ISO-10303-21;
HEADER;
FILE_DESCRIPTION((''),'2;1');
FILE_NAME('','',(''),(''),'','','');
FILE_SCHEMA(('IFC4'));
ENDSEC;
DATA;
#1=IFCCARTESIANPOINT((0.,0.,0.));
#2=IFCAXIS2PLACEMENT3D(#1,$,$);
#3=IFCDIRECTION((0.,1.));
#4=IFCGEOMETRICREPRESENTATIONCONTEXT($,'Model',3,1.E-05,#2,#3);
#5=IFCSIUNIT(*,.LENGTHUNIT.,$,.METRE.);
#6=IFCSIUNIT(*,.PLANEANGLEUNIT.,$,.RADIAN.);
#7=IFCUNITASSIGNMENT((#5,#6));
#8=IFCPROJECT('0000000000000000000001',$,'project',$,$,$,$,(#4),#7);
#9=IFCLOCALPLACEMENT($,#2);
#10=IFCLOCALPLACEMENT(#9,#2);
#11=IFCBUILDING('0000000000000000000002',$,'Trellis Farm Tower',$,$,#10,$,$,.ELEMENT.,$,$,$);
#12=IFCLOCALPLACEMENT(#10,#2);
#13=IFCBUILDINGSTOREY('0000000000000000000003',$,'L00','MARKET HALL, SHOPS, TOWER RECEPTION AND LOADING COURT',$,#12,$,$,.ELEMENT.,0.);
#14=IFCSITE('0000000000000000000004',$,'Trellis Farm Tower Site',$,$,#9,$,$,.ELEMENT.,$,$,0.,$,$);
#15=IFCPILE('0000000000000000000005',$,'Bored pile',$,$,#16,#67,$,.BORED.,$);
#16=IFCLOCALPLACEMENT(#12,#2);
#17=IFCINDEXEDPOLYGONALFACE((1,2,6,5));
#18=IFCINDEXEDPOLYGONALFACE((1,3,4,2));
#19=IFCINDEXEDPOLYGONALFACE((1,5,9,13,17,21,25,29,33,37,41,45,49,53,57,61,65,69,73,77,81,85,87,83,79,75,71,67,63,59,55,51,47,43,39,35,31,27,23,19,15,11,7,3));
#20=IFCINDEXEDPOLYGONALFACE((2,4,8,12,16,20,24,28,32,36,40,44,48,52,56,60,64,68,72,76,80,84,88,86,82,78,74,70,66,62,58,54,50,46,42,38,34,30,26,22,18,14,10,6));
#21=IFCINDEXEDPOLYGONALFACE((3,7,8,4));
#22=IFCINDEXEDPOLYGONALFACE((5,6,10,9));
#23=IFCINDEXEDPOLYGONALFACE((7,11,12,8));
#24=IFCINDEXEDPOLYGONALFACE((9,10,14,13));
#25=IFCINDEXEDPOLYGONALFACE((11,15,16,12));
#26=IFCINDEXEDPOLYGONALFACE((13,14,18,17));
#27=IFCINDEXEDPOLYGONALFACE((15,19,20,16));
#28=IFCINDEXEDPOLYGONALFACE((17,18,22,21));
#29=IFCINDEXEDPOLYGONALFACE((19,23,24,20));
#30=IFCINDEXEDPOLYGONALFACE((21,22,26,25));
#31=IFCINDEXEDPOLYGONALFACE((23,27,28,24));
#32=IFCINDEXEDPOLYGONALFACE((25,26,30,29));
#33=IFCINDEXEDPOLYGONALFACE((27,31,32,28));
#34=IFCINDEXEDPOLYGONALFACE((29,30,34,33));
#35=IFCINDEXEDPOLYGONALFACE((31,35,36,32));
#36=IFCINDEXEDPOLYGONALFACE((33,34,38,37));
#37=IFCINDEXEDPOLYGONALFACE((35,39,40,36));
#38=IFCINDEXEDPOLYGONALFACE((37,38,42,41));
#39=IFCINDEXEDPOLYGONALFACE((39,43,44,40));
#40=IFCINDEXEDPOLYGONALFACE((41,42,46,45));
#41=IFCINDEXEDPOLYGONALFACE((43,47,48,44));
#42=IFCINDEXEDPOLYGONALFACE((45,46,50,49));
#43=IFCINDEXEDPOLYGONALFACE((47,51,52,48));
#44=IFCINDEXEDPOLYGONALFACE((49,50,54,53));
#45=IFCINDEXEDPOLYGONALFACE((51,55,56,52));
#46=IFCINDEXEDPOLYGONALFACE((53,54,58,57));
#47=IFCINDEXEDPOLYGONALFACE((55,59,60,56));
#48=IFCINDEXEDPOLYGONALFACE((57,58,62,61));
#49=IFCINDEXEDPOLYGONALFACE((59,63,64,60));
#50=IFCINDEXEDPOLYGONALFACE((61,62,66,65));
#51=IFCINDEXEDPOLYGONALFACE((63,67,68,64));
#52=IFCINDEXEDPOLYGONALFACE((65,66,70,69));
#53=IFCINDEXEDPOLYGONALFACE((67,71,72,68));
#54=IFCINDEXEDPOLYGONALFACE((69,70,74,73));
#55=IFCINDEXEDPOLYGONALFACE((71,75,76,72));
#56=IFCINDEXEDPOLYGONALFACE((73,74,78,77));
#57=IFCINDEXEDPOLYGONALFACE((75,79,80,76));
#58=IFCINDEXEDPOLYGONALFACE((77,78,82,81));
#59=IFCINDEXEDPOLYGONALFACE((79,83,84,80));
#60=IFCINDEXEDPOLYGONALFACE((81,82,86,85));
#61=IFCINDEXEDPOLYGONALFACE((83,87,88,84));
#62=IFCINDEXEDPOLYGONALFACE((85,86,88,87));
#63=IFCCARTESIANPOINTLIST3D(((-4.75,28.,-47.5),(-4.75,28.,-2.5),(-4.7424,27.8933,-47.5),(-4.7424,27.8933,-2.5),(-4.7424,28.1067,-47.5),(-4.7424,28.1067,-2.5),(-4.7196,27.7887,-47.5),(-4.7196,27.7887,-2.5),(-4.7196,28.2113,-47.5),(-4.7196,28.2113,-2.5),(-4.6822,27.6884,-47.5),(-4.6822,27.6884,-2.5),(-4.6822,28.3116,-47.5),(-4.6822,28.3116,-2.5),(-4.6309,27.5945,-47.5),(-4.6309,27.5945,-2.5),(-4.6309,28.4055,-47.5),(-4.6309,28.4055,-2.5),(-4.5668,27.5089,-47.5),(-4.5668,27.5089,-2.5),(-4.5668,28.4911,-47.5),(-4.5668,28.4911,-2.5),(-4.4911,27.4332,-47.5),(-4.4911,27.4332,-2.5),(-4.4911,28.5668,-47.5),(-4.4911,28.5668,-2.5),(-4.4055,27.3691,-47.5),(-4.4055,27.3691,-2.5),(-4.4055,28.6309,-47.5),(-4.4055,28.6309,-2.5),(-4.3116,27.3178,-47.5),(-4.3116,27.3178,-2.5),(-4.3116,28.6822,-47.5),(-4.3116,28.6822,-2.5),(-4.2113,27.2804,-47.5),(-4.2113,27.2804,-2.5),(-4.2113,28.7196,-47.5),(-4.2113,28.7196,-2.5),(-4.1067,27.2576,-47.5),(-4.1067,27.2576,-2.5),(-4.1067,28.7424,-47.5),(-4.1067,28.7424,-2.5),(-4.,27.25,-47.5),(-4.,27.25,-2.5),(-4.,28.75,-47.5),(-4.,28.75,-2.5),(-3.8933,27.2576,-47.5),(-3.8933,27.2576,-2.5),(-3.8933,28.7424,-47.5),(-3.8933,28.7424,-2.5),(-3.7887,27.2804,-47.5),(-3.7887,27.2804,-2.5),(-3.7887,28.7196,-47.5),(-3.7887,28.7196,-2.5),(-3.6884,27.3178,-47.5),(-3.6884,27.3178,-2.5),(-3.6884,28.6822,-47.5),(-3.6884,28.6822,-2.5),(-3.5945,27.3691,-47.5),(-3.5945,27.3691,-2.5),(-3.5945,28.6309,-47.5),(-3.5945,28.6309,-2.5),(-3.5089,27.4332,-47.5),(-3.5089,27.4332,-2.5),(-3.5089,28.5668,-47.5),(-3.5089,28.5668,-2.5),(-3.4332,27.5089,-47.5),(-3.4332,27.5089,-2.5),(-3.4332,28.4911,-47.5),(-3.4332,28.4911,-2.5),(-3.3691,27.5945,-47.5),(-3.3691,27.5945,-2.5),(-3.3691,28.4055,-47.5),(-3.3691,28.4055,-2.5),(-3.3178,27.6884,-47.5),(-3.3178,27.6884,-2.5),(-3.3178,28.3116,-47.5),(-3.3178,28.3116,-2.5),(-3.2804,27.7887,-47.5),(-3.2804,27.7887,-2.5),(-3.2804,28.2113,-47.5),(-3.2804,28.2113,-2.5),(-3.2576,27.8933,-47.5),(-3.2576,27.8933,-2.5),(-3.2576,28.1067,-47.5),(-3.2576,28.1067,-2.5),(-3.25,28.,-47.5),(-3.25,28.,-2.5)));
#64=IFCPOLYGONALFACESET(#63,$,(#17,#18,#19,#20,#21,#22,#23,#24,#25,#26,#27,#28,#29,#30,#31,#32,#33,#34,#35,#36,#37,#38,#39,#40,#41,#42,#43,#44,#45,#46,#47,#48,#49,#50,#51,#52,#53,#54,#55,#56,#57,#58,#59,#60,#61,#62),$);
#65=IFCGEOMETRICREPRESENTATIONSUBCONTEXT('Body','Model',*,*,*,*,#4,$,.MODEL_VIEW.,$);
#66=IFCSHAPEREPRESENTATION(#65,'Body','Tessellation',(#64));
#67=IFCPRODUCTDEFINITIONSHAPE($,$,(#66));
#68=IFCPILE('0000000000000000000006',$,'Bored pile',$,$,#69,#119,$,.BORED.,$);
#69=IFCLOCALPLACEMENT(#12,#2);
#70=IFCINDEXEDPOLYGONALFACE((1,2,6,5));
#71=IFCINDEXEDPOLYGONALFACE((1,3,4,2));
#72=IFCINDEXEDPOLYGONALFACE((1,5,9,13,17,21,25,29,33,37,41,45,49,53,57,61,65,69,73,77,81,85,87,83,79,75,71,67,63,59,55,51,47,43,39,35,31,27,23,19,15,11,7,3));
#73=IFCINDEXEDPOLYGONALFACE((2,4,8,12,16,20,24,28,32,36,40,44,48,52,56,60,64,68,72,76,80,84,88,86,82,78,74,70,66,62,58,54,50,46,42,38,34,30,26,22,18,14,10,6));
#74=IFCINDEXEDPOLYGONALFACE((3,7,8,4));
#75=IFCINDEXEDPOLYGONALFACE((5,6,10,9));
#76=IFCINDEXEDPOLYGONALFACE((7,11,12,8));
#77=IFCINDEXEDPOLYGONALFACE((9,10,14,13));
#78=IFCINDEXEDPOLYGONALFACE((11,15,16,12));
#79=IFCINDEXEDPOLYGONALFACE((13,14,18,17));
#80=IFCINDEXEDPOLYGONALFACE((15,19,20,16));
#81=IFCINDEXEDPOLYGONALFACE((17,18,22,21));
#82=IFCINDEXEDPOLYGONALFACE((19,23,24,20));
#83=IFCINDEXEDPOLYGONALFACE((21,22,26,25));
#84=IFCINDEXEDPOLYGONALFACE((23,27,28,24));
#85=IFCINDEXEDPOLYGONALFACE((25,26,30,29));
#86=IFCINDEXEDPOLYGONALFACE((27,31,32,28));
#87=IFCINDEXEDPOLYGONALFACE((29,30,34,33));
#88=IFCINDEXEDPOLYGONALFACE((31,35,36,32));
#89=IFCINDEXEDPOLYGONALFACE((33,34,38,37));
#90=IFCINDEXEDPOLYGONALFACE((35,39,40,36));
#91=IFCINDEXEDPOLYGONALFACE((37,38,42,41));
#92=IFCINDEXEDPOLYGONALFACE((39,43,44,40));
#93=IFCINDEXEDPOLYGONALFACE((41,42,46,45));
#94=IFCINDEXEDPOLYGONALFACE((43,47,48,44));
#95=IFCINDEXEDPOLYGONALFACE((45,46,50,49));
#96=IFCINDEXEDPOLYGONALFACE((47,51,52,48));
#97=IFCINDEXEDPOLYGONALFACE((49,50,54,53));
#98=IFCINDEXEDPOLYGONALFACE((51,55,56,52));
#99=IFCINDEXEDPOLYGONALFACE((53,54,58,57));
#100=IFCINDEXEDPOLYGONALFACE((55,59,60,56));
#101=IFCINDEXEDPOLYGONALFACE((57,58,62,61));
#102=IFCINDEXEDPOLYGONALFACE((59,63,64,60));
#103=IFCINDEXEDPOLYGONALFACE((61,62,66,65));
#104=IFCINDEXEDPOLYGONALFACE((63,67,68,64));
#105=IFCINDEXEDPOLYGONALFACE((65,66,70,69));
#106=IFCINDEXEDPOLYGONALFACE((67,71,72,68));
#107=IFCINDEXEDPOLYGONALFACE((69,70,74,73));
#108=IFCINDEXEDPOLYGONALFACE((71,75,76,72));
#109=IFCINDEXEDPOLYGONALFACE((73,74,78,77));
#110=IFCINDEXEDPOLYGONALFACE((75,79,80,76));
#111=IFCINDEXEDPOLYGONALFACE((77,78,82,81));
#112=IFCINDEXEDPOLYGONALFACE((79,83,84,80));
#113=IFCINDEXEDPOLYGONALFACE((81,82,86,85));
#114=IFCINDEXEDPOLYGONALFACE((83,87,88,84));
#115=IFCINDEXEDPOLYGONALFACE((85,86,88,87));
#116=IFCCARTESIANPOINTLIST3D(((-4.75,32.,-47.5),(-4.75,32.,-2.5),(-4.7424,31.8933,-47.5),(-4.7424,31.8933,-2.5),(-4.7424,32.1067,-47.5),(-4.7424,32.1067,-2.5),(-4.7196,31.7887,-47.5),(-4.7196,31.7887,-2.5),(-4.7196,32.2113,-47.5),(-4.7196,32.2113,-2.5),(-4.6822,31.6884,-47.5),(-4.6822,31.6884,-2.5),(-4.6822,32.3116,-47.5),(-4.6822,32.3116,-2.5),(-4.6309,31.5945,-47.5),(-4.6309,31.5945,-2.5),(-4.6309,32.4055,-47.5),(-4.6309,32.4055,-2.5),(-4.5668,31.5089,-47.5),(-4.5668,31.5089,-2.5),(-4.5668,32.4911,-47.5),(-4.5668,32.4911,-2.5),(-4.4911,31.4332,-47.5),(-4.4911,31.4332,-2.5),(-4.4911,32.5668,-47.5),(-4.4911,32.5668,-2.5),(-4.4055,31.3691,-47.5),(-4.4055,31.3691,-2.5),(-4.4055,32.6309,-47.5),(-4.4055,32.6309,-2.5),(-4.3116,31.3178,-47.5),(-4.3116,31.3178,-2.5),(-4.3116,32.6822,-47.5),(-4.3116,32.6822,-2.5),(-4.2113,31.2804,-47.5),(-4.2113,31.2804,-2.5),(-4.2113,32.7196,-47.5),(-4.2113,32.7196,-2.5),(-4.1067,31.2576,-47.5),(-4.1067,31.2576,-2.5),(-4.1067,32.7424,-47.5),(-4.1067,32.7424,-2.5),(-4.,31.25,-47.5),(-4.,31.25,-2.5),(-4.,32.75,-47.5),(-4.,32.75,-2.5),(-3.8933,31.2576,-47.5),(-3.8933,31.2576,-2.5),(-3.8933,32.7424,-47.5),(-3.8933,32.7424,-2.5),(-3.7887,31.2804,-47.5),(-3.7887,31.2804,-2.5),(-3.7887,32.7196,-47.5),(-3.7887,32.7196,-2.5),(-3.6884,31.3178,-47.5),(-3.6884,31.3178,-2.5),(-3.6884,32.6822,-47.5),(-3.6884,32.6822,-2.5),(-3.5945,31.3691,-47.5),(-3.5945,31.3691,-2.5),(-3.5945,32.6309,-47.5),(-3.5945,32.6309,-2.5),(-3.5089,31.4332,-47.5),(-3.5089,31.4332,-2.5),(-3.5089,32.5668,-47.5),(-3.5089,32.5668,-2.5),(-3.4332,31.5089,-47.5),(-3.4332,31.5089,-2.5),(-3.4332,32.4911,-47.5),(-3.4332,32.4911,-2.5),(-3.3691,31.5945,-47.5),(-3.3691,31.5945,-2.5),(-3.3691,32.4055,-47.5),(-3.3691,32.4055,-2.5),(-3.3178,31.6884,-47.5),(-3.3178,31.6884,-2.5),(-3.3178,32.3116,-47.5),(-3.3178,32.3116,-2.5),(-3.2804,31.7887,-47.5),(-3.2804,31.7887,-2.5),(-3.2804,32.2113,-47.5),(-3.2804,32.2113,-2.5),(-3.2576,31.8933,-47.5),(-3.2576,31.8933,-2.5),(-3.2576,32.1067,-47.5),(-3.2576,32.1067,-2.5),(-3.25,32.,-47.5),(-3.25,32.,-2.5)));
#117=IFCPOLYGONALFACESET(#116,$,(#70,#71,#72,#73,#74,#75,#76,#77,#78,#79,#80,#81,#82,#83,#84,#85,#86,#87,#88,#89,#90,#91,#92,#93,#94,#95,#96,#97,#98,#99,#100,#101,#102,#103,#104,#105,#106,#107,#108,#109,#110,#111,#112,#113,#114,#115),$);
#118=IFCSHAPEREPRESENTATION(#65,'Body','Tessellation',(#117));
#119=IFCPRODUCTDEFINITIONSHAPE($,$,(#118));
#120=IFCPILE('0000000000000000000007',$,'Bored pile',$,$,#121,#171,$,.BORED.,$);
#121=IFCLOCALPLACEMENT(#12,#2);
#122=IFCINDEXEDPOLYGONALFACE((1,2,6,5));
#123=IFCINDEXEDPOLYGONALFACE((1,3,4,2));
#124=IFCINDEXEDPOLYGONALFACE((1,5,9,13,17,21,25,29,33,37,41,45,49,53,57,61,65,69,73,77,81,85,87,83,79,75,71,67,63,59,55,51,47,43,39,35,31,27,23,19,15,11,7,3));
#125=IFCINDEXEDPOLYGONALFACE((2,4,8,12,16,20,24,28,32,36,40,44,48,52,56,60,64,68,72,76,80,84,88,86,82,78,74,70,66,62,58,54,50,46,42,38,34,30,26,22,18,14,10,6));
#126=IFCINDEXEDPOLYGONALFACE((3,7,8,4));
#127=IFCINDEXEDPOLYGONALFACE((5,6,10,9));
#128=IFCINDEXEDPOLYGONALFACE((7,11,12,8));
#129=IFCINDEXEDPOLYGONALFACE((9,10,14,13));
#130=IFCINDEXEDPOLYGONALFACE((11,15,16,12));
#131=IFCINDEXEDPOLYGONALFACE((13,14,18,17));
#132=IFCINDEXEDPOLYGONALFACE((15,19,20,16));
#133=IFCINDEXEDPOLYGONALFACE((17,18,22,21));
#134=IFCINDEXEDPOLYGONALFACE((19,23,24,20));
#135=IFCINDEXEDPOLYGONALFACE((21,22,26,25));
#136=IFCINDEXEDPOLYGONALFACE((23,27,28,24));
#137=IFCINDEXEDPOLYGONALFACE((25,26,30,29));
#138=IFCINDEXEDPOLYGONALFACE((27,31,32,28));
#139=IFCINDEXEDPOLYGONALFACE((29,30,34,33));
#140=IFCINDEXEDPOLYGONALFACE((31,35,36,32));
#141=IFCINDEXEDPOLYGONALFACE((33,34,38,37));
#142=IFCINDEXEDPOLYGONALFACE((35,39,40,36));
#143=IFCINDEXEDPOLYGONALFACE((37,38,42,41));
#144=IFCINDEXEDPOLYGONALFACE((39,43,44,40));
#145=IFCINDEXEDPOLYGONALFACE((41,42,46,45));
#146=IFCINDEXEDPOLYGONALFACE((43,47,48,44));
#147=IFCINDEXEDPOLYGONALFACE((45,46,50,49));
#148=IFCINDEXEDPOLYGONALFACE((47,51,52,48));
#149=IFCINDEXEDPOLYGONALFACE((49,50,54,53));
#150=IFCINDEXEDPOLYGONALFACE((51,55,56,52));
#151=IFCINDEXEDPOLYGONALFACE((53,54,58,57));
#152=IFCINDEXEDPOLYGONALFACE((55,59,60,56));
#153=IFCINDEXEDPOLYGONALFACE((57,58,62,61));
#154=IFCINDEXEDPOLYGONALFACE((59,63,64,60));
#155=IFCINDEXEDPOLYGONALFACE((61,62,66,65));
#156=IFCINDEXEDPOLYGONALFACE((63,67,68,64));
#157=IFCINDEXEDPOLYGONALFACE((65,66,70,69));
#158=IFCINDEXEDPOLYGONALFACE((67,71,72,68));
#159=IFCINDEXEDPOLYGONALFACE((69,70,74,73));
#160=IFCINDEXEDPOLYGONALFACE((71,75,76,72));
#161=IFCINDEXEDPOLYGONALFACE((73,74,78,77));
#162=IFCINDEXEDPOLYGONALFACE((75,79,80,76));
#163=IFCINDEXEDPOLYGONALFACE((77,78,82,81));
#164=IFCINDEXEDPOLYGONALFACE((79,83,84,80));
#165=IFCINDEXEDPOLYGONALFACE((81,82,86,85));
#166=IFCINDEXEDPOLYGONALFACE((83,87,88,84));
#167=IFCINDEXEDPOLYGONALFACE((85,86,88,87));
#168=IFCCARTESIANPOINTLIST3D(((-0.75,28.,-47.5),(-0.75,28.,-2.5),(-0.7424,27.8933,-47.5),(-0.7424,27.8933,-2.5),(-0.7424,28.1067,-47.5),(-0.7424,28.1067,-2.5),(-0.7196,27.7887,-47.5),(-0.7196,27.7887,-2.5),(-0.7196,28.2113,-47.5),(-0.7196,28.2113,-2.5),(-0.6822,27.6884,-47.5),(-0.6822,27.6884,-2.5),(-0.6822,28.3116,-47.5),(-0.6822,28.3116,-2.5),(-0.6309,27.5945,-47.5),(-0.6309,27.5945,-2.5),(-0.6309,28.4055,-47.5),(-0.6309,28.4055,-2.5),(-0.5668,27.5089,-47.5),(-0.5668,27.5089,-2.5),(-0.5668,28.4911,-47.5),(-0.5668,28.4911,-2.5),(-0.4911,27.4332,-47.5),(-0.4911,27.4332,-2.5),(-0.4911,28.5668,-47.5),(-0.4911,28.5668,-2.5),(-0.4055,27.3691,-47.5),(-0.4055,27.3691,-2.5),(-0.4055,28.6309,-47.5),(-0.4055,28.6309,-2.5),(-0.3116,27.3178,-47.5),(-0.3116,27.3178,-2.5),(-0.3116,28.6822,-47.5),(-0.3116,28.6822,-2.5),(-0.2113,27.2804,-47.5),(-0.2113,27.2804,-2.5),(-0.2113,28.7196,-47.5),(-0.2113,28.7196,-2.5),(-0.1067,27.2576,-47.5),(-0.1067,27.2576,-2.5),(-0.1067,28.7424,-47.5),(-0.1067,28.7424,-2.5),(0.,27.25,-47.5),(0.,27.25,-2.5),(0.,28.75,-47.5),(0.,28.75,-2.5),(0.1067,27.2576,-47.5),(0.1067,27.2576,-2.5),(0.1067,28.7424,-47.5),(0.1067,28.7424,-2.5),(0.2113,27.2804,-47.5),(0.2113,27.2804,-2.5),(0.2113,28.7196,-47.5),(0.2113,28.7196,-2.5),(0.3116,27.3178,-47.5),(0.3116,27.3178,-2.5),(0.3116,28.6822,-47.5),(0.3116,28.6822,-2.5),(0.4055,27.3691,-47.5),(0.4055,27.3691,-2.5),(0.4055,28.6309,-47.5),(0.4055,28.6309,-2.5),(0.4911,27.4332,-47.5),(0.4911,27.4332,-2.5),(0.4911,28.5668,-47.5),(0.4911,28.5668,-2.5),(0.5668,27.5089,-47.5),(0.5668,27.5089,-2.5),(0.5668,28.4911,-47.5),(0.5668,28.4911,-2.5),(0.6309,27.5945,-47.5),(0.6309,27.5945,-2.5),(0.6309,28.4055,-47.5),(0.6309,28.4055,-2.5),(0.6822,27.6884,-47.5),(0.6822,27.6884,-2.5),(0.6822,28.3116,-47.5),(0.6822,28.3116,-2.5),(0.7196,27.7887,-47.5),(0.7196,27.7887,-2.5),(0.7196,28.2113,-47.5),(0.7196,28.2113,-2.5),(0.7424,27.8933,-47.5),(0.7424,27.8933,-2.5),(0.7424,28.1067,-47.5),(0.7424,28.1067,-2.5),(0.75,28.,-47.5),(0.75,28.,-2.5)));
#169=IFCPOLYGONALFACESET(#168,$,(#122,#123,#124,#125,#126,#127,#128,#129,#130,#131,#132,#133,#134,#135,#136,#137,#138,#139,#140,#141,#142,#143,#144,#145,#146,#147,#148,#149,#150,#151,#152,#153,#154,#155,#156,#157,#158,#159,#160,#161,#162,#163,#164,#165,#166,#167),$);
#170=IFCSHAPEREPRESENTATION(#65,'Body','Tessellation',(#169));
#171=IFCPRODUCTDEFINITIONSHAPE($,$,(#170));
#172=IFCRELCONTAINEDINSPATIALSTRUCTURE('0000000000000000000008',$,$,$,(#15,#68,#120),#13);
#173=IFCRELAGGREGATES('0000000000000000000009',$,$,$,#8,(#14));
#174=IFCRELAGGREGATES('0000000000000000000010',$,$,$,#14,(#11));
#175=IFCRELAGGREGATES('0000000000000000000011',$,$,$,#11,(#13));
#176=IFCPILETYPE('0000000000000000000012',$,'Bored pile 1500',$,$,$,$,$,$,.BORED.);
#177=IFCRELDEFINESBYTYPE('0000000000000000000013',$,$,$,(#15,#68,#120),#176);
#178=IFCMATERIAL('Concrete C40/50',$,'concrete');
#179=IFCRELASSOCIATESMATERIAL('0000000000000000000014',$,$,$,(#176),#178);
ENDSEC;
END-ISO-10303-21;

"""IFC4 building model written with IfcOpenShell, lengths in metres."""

from ifc_helpers import new_model, si_unit, direction, frame, origin, origin_2d, place, context, subcontext, project, spatial, circle, extrude, source, transform, mapped, material, material_profile, profile_set, type_object, element, save


model = new_model("IFC4")

# Units and contexts
model_context = context("Model", 3, precision=1e-05, world=origin(), true_north=direction((0.0, 1.0)))
body_context = subcontext(model_context, "Body", "Model", "MODEL_VIEW")
ifc_project = project(units=[si_unit("LENGTHUNIT", "METRE"), si_unit("PLANEANGLEUNIT", "RADIAN")], contexts=[model_context])

# Site, building, storey
site_placement = place(None, origin())
site = spatial("IfcSite", under=ifc_project, at=site_placement, Name="Trellis Farm Tower Site", CompositionType="ELEMENT", RefElevation=0.0)
building_placement = place(site_placement, origin())
building = spatial("IfcBuilding", under=site, at=building_placement, Name="Trellis Farm Tower", CompositionType="ELEMENT")
storey_placement = place(building_placement, origin())
storey = spatial("IfcBuildingStorey", under=building, at=storey_placement, Name="L00", Description="MARKET HALL, SHOPS, TOWER RECEPTION AND LOADING COURT", CompositionType="ELEMENT", Elevation=0.0)

# Piles
ifc_material_1 = material(Name="Concrete C40/50", Category="concrete")
ifc_material_profile_1 = material_profile(ifc_material_1, circle(Radius=0.75, at=origin_2d()), Name="Bored pile 1500")
ifc_profile_set_1 = profile_set([ifc_material_profile_1], Name="Concrete C40/50")
pile_type = type_object("IfcPileType", Name="Bored pile 1500", PredefinedType="BORED", material=ifc_profile_set_1)
shared_shape_1 = source(origin(), body_context, "Body", "SweptSolid", [
    extrude(circle(Radius=0.75, at=origin_2d()), origin(), (0.0, 0.0, 1.0), 45.0),
])
for number, where, z_axis, x_axis, name in (
    (1, (-4.0, 28.0, -2.5), (0.0, 0.0, -1.0), (1.0, 0.0, 0.0), "Bored pile"),
    (2, (-4.0, 32.0, -2.5), (0.0, 0.0, -1.0), (1.0, 0.0, 0.0), "Bored pile"),
    (3, (0.0, 28.0, -2.5), (0.0, 0.0, -1.0), (1.0, 0.0, 0.0), "Bored pile"),
):
    element("IfcPile", number, at=place(storey_placement, frame(where, z_axis=z_axis, x_axis=x_axis)), inside=storey, type_object=pile_type, Name=name, PredefinedType="BORED", context=body_context, shape_type="MappedRepresentation", body=[
        mapped(shared_shape_1, transform((0.0, 0.0, 0.0))),
    ])

save(model, "model.ifc")
